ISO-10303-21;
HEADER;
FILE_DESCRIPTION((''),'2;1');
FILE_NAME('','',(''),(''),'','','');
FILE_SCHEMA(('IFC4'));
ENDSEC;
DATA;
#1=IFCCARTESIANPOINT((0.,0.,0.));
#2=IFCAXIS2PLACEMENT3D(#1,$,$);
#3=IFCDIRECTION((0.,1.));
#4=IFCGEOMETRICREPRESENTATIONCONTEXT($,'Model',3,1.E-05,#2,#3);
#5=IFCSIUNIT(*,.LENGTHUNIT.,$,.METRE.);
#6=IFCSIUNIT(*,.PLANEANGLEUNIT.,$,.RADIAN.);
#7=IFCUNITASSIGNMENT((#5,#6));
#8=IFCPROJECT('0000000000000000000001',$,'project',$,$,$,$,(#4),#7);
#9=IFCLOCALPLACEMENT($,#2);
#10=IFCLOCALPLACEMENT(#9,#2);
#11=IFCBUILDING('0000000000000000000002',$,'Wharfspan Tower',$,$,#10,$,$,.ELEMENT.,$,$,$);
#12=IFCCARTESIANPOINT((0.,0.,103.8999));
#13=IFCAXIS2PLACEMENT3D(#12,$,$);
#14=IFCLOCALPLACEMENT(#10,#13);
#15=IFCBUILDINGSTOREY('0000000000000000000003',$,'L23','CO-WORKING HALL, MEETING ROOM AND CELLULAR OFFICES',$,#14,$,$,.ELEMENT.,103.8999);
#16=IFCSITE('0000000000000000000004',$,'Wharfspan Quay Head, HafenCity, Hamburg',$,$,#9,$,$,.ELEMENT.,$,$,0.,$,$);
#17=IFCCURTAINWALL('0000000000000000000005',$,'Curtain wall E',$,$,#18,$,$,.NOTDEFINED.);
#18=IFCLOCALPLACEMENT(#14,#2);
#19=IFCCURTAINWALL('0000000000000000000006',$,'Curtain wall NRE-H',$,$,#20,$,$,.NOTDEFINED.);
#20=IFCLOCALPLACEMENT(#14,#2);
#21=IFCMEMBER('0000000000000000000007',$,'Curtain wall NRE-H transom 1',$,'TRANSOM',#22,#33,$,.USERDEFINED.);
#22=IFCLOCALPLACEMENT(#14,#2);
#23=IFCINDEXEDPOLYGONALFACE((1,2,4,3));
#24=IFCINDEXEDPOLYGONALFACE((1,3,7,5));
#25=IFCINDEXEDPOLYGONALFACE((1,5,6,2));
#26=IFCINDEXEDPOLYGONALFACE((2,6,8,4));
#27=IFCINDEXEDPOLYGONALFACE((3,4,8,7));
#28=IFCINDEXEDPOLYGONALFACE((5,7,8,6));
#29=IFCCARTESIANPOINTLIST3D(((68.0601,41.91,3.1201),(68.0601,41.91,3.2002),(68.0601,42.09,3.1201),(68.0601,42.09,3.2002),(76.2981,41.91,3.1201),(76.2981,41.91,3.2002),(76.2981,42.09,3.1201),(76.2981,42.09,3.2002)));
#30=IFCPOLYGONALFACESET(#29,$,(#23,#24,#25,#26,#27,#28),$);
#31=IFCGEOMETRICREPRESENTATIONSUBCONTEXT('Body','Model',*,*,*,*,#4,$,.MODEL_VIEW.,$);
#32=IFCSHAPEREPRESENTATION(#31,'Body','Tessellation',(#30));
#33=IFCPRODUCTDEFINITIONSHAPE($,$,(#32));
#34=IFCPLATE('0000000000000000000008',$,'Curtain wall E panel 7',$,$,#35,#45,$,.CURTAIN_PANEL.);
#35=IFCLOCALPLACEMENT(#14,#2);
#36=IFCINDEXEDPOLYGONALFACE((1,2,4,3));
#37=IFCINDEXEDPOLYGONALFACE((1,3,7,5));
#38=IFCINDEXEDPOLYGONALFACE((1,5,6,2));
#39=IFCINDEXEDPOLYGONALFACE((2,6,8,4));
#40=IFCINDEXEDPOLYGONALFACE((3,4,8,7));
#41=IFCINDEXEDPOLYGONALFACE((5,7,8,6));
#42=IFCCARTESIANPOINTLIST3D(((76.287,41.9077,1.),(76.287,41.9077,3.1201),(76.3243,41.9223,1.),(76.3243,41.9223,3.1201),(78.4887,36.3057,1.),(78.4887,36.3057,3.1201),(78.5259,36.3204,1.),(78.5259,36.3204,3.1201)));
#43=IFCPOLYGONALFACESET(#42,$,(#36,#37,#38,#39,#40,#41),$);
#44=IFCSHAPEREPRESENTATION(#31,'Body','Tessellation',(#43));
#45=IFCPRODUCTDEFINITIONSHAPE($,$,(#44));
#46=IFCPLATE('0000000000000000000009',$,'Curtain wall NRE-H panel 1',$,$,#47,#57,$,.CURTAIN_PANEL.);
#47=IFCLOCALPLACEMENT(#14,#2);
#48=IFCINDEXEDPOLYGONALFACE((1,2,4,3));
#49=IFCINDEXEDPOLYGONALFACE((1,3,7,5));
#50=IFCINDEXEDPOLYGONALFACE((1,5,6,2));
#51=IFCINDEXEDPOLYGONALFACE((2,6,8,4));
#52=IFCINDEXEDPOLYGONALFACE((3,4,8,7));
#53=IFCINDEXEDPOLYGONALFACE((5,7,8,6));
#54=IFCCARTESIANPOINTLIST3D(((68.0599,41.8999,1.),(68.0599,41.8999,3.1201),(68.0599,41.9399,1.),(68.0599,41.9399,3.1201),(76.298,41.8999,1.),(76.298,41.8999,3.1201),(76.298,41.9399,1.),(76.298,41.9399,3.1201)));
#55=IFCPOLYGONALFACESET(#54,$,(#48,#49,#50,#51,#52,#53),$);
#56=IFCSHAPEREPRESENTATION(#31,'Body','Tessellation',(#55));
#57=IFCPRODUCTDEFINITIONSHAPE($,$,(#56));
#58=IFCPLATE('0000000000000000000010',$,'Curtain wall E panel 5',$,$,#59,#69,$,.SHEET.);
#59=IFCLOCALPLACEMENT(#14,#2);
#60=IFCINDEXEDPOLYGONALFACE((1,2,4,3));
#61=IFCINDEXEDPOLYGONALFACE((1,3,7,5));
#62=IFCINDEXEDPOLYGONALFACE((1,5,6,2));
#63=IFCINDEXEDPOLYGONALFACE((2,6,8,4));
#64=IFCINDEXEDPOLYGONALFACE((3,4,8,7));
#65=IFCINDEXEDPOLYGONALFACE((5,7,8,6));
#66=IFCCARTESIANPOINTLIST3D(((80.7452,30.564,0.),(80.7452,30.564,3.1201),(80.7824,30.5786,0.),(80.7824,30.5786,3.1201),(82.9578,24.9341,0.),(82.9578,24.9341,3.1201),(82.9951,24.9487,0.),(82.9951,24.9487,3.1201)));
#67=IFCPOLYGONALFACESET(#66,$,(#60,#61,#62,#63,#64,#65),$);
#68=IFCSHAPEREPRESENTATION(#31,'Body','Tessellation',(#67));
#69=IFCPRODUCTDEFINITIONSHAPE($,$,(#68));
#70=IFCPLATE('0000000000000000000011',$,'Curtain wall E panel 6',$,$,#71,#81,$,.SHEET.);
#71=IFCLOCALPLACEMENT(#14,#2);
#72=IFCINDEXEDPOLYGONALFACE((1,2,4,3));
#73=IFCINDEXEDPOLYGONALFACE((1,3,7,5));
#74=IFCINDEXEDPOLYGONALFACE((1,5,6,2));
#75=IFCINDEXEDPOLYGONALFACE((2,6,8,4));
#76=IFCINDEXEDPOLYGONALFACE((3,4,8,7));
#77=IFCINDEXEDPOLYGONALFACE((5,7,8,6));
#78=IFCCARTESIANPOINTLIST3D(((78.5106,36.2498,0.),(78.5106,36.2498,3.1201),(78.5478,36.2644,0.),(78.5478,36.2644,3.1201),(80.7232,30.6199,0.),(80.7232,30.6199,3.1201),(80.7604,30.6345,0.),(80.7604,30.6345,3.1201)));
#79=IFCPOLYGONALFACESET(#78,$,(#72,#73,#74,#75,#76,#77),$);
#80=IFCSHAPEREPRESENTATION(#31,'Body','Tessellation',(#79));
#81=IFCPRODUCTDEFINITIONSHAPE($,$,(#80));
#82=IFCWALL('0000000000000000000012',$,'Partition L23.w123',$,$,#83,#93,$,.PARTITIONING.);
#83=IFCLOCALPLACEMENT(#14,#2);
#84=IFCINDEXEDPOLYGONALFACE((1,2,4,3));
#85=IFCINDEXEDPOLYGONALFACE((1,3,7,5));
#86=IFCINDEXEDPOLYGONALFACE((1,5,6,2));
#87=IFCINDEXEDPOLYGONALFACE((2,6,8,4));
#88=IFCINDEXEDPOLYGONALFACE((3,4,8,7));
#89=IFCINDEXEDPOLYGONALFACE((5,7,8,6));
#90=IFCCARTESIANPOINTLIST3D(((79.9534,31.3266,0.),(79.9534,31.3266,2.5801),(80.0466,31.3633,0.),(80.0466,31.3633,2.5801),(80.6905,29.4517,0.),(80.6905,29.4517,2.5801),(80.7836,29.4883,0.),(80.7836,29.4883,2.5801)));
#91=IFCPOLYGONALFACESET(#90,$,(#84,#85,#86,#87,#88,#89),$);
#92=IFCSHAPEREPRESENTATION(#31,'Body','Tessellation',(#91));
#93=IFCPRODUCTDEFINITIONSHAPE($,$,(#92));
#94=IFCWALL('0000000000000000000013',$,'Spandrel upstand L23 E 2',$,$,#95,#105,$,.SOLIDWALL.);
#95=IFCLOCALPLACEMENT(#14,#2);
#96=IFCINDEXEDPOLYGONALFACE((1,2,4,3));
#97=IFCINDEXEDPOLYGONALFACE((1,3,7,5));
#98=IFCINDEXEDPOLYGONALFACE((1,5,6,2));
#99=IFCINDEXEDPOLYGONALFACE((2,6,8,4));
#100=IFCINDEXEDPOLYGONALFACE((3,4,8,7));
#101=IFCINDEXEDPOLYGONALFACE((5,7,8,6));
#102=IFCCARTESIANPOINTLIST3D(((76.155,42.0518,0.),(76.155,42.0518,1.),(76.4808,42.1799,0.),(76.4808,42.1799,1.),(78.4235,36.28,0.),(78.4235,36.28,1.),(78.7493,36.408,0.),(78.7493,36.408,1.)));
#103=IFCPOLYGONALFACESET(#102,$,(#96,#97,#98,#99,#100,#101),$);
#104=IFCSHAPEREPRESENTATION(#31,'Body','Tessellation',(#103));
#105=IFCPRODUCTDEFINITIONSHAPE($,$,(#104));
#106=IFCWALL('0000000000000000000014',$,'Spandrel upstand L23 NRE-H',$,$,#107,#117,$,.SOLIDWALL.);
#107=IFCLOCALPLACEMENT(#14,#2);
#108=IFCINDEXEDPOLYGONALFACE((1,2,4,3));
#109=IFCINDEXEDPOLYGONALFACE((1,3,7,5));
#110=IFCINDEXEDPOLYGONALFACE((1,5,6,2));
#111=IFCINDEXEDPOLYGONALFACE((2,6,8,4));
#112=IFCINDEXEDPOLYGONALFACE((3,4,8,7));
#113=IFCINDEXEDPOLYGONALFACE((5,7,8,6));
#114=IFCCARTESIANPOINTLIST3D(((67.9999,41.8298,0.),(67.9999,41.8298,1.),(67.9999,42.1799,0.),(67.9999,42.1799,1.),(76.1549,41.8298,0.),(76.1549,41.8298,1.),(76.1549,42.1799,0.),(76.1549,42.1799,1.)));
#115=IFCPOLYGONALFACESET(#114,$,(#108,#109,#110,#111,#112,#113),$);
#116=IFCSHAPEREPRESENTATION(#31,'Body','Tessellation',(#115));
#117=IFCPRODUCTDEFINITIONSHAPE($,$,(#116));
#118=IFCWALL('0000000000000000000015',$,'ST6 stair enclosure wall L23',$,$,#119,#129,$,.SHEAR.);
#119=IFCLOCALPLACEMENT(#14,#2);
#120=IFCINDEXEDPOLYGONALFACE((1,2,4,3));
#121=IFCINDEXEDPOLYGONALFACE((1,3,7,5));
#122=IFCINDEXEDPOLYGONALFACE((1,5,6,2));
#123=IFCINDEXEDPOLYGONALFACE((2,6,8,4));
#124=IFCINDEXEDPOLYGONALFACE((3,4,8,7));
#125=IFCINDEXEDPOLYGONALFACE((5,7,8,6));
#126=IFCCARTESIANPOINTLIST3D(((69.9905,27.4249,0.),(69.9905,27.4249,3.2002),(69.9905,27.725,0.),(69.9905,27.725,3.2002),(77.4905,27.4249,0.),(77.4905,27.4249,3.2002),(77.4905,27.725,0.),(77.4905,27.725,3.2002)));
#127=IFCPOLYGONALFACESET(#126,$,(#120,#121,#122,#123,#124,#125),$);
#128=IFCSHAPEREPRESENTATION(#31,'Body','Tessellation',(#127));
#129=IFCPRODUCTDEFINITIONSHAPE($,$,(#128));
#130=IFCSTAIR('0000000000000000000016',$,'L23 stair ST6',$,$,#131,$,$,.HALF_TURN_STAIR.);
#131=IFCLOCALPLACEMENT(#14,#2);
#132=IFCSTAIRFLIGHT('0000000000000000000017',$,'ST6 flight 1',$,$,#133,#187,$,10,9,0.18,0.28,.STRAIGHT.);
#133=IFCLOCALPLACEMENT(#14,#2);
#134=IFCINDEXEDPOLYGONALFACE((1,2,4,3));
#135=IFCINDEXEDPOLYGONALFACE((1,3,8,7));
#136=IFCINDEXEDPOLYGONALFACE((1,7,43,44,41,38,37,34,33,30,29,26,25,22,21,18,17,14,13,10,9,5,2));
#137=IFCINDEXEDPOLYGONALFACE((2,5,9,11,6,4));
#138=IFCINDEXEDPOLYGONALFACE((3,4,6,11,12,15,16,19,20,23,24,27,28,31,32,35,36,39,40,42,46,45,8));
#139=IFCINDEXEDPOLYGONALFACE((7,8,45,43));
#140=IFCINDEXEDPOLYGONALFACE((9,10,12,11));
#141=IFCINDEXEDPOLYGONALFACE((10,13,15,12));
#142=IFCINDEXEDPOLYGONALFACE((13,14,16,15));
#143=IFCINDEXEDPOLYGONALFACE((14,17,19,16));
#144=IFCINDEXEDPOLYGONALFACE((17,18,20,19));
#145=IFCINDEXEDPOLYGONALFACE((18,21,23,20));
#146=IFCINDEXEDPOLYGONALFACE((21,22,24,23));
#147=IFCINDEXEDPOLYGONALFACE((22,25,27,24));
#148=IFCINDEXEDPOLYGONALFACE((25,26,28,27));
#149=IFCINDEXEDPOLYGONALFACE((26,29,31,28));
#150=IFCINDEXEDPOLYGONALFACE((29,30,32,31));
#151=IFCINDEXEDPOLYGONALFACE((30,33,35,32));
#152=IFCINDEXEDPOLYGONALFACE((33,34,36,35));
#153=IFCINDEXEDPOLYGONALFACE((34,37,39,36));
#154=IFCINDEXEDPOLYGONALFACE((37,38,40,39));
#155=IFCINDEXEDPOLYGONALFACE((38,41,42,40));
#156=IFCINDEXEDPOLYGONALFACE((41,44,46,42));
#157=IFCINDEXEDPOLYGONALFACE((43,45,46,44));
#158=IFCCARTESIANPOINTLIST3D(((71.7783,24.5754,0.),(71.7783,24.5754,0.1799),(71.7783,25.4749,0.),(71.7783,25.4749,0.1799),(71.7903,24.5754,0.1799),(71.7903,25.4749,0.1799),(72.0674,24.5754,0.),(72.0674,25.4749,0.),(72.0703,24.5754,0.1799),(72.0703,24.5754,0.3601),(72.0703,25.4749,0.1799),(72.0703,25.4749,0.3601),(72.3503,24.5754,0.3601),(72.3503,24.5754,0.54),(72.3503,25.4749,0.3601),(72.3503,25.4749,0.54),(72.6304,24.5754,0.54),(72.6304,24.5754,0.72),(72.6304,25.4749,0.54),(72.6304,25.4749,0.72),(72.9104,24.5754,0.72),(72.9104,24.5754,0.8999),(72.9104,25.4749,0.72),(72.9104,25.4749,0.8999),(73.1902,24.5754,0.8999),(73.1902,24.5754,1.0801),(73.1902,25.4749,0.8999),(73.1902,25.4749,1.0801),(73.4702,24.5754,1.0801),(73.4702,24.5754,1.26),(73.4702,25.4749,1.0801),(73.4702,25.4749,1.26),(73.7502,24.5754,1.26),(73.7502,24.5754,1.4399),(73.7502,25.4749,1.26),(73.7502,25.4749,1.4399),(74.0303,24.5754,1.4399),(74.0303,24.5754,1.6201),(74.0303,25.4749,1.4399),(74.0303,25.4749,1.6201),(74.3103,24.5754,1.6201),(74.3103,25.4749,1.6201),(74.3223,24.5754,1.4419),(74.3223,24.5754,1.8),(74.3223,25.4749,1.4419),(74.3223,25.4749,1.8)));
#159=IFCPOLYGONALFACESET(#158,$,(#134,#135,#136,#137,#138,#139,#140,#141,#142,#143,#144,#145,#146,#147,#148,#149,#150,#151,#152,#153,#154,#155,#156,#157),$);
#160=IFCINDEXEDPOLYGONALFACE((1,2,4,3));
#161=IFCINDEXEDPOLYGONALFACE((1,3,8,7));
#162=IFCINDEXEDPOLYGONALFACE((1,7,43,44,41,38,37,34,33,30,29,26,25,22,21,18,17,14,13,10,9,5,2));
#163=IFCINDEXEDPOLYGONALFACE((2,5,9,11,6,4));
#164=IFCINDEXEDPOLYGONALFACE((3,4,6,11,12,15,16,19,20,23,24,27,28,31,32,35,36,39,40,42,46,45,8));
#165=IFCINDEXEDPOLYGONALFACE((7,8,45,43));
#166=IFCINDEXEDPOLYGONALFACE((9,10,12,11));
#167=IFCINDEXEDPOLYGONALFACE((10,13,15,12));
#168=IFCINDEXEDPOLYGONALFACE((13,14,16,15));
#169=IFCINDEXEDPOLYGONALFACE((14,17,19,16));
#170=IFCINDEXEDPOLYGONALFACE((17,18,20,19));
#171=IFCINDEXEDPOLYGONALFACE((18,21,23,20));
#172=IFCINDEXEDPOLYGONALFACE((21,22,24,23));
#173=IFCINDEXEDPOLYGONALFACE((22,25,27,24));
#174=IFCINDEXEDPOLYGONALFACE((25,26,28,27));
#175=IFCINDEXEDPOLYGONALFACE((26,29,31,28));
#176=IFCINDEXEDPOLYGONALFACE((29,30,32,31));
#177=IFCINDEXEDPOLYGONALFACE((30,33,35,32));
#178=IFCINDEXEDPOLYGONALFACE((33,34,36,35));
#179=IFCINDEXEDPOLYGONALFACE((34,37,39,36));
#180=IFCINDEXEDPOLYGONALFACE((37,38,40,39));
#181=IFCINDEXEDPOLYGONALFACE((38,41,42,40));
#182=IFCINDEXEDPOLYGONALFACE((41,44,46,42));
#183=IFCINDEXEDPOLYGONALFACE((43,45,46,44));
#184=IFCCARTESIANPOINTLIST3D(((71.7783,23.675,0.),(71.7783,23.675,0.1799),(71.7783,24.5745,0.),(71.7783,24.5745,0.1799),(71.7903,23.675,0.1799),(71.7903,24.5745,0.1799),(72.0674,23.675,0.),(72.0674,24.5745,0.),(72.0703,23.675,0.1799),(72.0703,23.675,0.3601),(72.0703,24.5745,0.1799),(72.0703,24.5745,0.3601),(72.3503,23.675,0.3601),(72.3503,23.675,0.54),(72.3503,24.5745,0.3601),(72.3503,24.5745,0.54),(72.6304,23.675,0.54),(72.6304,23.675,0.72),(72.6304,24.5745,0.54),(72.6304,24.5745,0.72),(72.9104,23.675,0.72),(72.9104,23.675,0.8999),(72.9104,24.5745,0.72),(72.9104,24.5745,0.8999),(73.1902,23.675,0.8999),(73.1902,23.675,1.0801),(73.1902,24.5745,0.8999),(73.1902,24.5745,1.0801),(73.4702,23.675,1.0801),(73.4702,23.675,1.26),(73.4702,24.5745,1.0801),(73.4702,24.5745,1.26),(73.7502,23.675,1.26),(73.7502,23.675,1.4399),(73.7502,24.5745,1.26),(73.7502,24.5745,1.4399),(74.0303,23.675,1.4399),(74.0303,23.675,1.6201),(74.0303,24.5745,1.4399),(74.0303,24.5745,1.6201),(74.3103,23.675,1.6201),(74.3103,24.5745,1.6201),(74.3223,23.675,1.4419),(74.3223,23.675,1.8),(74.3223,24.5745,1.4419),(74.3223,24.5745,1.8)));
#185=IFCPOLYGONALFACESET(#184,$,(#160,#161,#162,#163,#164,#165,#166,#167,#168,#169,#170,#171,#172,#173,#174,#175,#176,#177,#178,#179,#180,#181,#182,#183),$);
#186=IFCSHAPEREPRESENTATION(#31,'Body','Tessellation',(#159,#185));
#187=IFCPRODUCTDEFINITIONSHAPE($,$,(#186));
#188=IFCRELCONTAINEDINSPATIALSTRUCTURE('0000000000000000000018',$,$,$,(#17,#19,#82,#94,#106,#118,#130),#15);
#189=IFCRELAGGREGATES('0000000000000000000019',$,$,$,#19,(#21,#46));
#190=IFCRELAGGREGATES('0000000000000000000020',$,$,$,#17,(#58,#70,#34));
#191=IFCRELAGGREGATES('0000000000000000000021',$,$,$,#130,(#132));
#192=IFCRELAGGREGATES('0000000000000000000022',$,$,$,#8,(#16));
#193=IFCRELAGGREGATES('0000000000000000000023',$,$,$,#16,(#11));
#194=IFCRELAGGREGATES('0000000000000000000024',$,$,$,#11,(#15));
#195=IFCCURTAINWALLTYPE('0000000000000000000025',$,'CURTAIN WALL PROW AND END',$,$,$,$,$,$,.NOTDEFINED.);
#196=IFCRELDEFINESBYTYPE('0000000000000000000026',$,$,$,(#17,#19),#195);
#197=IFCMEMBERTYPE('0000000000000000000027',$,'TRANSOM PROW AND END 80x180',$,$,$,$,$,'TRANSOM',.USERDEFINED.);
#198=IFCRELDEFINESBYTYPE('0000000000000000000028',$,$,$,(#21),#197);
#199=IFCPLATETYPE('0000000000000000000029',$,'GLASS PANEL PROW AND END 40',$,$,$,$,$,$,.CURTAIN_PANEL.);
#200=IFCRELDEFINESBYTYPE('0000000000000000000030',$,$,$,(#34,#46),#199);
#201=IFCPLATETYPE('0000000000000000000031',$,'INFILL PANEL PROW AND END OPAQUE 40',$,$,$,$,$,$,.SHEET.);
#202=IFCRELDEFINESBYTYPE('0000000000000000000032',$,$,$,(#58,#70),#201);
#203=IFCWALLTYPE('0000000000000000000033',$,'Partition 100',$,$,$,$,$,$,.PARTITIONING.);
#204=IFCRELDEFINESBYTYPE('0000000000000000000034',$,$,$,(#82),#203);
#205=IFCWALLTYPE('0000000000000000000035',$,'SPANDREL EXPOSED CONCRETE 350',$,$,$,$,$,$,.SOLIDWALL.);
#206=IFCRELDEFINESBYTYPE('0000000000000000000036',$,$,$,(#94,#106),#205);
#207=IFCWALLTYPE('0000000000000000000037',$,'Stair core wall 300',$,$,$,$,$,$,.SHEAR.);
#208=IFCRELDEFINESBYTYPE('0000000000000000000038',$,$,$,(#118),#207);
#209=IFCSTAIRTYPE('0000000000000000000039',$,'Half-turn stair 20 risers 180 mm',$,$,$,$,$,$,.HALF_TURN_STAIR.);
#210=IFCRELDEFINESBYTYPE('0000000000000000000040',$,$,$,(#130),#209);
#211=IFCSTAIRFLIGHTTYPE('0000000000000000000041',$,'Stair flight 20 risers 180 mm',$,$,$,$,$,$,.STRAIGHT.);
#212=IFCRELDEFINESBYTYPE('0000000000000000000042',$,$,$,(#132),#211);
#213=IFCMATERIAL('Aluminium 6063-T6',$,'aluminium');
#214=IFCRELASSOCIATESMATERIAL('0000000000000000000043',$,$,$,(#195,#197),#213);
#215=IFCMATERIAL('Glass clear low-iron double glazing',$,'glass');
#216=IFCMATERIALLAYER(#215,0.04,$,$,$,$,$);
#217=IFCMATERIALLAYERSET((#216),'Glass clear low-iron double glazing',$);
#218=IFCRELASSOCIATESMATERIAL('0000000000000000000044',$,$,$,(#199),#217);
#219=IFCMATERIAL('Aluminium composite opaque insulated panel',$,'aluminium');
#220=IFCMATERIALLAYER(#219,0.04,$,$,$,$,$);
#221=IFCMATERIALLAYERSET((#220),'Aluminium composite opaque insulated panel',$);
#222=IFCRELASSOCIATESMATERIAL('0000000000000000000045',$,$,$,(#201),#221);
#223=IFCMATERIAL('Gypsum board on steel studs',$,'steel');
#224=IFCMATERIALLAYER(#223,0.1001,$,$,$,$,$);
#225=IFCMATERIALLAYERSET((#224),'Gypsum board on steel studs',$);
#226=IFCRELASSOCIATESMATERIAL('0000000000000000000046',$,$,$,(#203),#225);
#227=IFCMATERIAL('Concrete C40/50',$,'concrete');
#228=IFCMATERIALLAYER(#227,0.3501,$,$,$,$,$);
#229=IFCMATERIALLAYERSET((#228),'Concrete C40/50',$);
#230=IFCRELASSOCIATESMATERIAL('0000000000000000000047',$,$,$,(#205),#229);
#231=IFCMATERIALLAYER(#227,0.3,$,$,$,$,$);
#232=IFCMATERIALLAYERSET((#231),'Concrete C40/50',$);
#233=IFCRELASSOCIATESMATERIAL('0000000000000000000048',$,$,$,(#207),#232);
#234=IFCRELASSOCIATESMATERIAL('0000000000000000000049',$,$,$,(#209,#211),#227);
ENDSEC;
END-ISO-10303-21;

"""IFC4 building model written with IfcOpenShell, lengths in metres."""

from ifc_helpers import new_model, si_unit, direction, frame, frame_2d, origin, origin_2d, place, context, subcontext, project, spatial, polyline, rectangle, outline, extrude, material, layer, layer_set, material_profile, profile_set, type_object, element, aggregate, save


model = new_model("IFC4")

# Units and contexts
model_context = context("Model", 3, precision=1e-05, world=origin(), true_north=direction((0.0, 1.0)))
body_context = subcontext(model_context, "Body", "Model", "MODEL_VIEW")
ifc_project = project(units=[si_unit("LENGTHUNIT", "METRE"), si_unit("PLANEANGLEUNIT", "RADIAN")], contexts=[model_context])

# Site, building, storey
site_placement = place(None, origin())
site = spatial("IfcSite", under=ifc_project, at=site_placement, Name="Wharfspan Quay Head, HafenCity, Hamburg", CompositionType="ELEMENT", RefElevation=0.0)
building_placement = place(site_placement, origin())
building = spatial("IfcBuilding", under=site, at=building_placement, Name="Wharfspan Tower", CompositionType="ELEMENT")
storey_placement = place(building_placement, frame((0.0, 0.0, 103.8999)))
storey = spatial("IfcBuildingStorey", under=building, at=storey_placement, Name="L23", Description="CO-WORKING HALL, MEETING ROOM AND CELLULAR OFFICES", CompositionType="ELEMENT", Elevation=103.8999)

# Curtain wall
ifc_material_1 = material(Name="Aluminium 6063-T6", Category="aluminium")
curtain_wall_type = type_object("IfcCurtainWallType", Name="CURTAIN WALL PROW AND END", PredefinedType="NOTDEFINED", material=ifc_material_1)
curtain_wall_1_placement = place(storey_placement, origin())
curtain_wall_1 = element("IfcCurtainWall", 1, at=curtain_wall_1_placement, inside=storey, type_object=curtain_wall_type, Name="Curtain wall E", PredefinedType="NOTDEFINED")

# Curtain wall
curtain_wall_2_placement = place(storey_placement, origin())
curtain_wall_2 = element("IfcCurtainWall", 2, at=curtain_wall_2_placement, inside=storey, type_object=curtain_wall_type, Name="Curtain wall NRE-H", PredefinedType="NOTDEFINED")

# Member
ifc_material_profile_1 = material_profile(ifc_material_1, rectangle(XDim=0.1799, YDim=0.0801, at=origin_2d()))
ifc_profile_set_1 = profile_set([ifc_material_profile_1], Name="Aluminium 6063-T6")
member_type_1 = type_object("IfcMemberType", Name="TRANSOM PROW AND END 80x180", ElementType="TRANSOM", PredefinedType="USERDEFINED", material=ifc_profile_set_1)
member_1_placement = place(storey_placement, frame((76.2981, 42.0, 3.1602), z_axis=(-1.0, 0.0, 0.0), x_axis=(0.0, -1.0, 0.0)))
member_1 = element("IfcMember", 3, at=member_1_placement, type_object=member_type_1, Name="Curtain wall NRE-H transom 1", ObjectType="TRANSOM", PredefinedType="USERDEFINED", context=body_context, shape_type="SweptSolid", body=[
    extrude(rectangle(XDim=0.1799, YDim=0.0801, at=origin_2d()), origin(), (0.0, 0.0, 1.0), 8.238),
])

# Plates
ifc_material_2 = material(Name="Glass clear low-iron double glazing", Category="glass")
ifc_layer_1 = layer(ifc_material_2, 0.04)
ifc_layer_set_1 = layer_set([ifc_layer_1], Name="Glass clear low-iron double glazing")
plate_type_1 = type_object("IfcPlateType", Name="GLASS PANEL PROW AND END 40", PredefinedType="CURTAIN_PANEL", material=ifc_layer_set_1)
plate_1_placement = place(storey_placement, frame((77.4065, 39.114, 1.0), z_axis=(0.0, 0.0, 1.0), x_axis=(-0.365778, 0.930702, 0.0)))
plate_1 = element("IfcPlate", 4, at=plate_1_placement, type_object=plate_type_1, Name="Curtain wall E panel 7", PredefinedType="CURTAIN_PANEL", context=body_context, shape_type="SweptSolid", body=[
    extrude(rectangle(XDim=6.019, YDim=0.04, at=origin_2d()), origin(), (0.0, 0.0, 1.0), 2.1201),
])
plate_2_placement = place(storey_placement, frame((72.179, 41.9199, 1.0), z_axis=(0.0, 0.0, 1.0), x_axis=(-1.0, 0.0, 0.0)))
plate_2 = element("IfcPlate", 5, at=plate_2_placement, type_object=plate_type_1, Name="Curtain wall NRE-H panel 1", PredefinedType="CURTAIN_PANEL", context=body_context, shape_type="SweptSolid", body=[
    extrude(rectangle(XDim=8.238, YDim=0.04, at=origin_2d()), origin(), (0.0, 0.0, 1.0), 2.1201),
])
aggregate(curtain_wall_2, [member_1, plate_2])
ifc_material_3 = material(Name="Aluminium composite opaque insulated panel", Category="aluminium")
ifc_layer_2 = layer(ifc_material_3, 0.04)
ifc_layer_set_2 = layer_set([ifc_layer_2], Name="Aluminium composite opaque insulated panel")
plate_type_2 = type_object("IfcPlateType", Name="INFILL PANEL PROW AND END OPAQUE 40", PredefinedType="SHEET", material=ifc_layer_set_2)
plate_3_placement = place(storey_placement, frame((81.8701, 27.7563, 0.0), z_axis=(0.0, 0.0, 1.0), x_axis=(-0.365778, 0.930702, 0.0)))
plate_3 = element("IfcPlate", 6, at=plate_3_placement, type_object=plate_type_2, Name="Curtain wall E panel 5", PredefinedType="SHEET", context=body_context, shape_type="SweptSolid", body=[
    extrude(rectangle(XDim=6.0491, YDim=0.04, at=origin_2d()), origin(), (0.0, 0.0, 1.0), 3.1201),
])
plate_4_placement = place(storey_placement, frame((79.6355, 33.4421, 0.0), z_axis=(0.0, 0.0, 1.0), x_axis=(-0.365778, 0.930702, 0.0)))
plate_4 = element("IfcPlate", 7, at=plate_4_placement, type_object=plate_type_2, Name="Curtain wall E panel 6", PredefinedType="SHEET", context=body_context, shape_type="SweptSolid", body=[
    extrude(rectangle(XDim=6.0491, YDim=0.04, at=origin_2d()), origin(), (0.0, 0.0, 1.0), 3.1201),
])
aggregate(curtain_wall_1, [plate_3, plate_4, plate_1])

# Walls
ifc_material_4 = material(Name="Gypsum board on steel studs", Category="steel")
ifc_layer_3 = layer(ifc_material_4, 0.1001)
ifc_layer_set_3 = layer_set([ifc_layer_3], Name="Gypsum board on steel studs")
wall_type_1 = type_object("IfcWallType", Name="Partition 100", PredefinedType="PARTITIONING", material=ifc_layer_set_3)
wall_1_placement = place(storey_placement, frame((80.7371, 29.47, 0.0), z_axis=(0.0, 0.0, 1.0), x_axis=(-0.365847, 0.930674, 0.0)))
element("IfcWall", 8, at=wall_1_placement, inside=storey, type_object=wall_type_1, Name="Partition L23.w123", PredefinedType="PARTITIONING", context=body_context, shape_type="SweptSolid", body=[
    extrude(rectangle(XDim=2.0146, YDim=0.1001, at=frame_2d((1.0073, 0.0))), origin(), (0.0, 0.0, 1.0), 2.5801),
])
ifc_material_5 = material(Name="Concrete C40/50", Category="concrete")
ifc_layer_4 = layer(ifc_material_5, 0.3501)
ifc_layer_set_4 = layer_set([ifc_layer_4], Name="Concrete C40/50")
wall_type_2 = type_object("IfcWallType", Name="SPANDREL EXPOSED CONCRETE 350", PredefinedType="SOLIDWALL", material=ifc_layer_set_4)
wall_2_placement = place(storey_placement, frame((78.5864, 36.344, 0.0), z_axis=(0.0, 0.0, 1.0), x_axis=(-0.365792, 0.930699, 0.0)))
element("IfcWall", 9, at=wall_2_placement, inside=storey, type_object=wall_type_2, Name="Spandrel upstand L23 E 2", PredefinedType="SOLIDWALL", context=body_context, shape_type="SweptSolid", body=[
    extrude(rectangle(XDim=6.2017, YDim=0.3501, at=frame_2d((3.1008, 0.0))), origin(), (0.0, 0.0, 1.0), 1.0),
])
wall_3_placement = place(storey_placement, frame((76.155, 42.0049, 0.0), z_axis=(0.0, 0.0, 1.0), x_axis=(-1.0, 0.0, 0.0)))
element("IfcWall", 10, at=wall_3_placement, inside=storey, type_object=wall_type_2, Name="Spandrel upstand L23 NRE-H", PredefinedType="SOLIDWALL", context=body_context, shape_type="SweptSolid", body=[
    extrude(rectangle(XDim=8.155, YDim=0.3501, at=frame_2d((4.0776, 0.0))), origin(), (0.0, 0.0, 1.0), 1.0),
])
ifc_layer_5 = layer(ifc_material_5, 0.3)
ifc_layer_set_5 = layer_set([ifc_layer_5], Name="Concrete C40/50")
wall_type_3 = type_object("IfcWallType", Name="Stair core wall 300", PredefinedType="SHEAR", material=ifc_layer_set_5)
wall_4_placement = place(storey_placement, frame((69.9905, 27.575, 0.0), z_axis=(0.0, 0.0, 1.0), x_axis=(1.0, 0.0, 0.0)))
element("IfcWall", 11, at=wall_4_placement, inside=storey, type_object=wall_type_3, Name="ST6 stair enclosure wall L23", PredefinedType="SHEAR", context=body_context, shape_type="SweptSolid", body=[
    extrude(rectangle(XDim=7.5, YDim=0.3, at=frame_2d((3.75, 0.0))), origin(), (0.0, 0.0, 1.0), 3.2002),
])

# Stair, stair flight
stair_type = type_object("IfcStairType", Name="Half-turn stair 20 risers 180 mm", PredefinedType="HALF_TURN_STAIR", material=ifc_material_5)
stair_placement = place(storey_placement, origin())
stair = element("IfcStair", 12, at=stair_placement, inside=storey, type_object=stair_type, Name="L23 stair ST6", PredefinedType="HALF_TURN_STAIR")
stair_flight_type = type_object("IfcStairFlightType", Name="Stair flight 20 risers 180 mm", PredefinedType="STRAIGHT", material=ifc_material_5)
stair_flight_1_placement = place(storey_placement, frame((71.7903, 24.575, 0.0), z_axis=(0.0, 0.0, 1.0), x_axis=(1.0, 0.0, 0.0)))
stair_flight_1 = element("IfcStairFlight", 13, at=stair_flight_1_placement, type_object=stair_flight_type, Name="ST6 flight 1", NumberOfRisers=10, NumberOfTreads=9, PredefinedType="STRAIGHT", RiserHeight=0.18, TreadLength=0.28, context=body_context, shape_type="SweptSolid", body=[
    extrude(outline(polyline([(-0.012, 0.0), (-0.012, 0.1799), (0.0, 0.1799), (0.28, 0.1799), (0.28, 0.3601), (0.5601, 0.3601), (0.5601, 0.54), (0.8401, 0.54), (0.8401, 0.72), (1.1201, 0.72), (1.1201, 0.8999), (1.3999, 0.8999), (1.3999, 1.0801), (1.6799, 1.0801), (1.6799, 1.26), (1.96, 1.26), (1.96, 1.4399), (2.24, 1.4399), (2.24, 1.6201), (2.52, 1.6201), (2.532, 1.8), (2.532, 1.4419), (0.2771, 0.0), (-0.012, 0.0)])), frame((0.0, 0.8999, 0.0), z_axis=(0.0, -1.0, 0.0), x_axis=(1.0, 0.0, 0.0)), (0.0, 0.0, 1.0), 0.8994),
    extrude(outline(polyline([(-0.012, 0.0), (-0.012, 0.1799), (0.0, 0.1799), (0.28, 0.1799), (0.28, 0.3601), (0.5601, 0.3601), (0.5601, 0.54), (0.8401, 0.54), (0.8401, 0.72), (1.1201, 0.72), (1.1201, 0.8999), (1.3999, 0.8999), (1.3999, 1.0801), (1.6799, 1.0801), (1.6799, 1.26), (1.96, 1.26), (1.96, 1.4399), (2.24, 1.4399), (2.24, 1.6201), (2.52, 1.6201), (2.532, 1.8), (2.532, 1.4419), (0.2771, 0.0), (-0.012, 0.0)])), frame((0.0, -0.0005, 0.0), z_axis=(0.0, -1.0, 0.0), x_axis=(1.0, 0.0, 0.0)), (0.0, 0.0, 1.0), 0.8994),
])
aggregate(stair, [stair_flight_1])

save(model, "model.ifc")
